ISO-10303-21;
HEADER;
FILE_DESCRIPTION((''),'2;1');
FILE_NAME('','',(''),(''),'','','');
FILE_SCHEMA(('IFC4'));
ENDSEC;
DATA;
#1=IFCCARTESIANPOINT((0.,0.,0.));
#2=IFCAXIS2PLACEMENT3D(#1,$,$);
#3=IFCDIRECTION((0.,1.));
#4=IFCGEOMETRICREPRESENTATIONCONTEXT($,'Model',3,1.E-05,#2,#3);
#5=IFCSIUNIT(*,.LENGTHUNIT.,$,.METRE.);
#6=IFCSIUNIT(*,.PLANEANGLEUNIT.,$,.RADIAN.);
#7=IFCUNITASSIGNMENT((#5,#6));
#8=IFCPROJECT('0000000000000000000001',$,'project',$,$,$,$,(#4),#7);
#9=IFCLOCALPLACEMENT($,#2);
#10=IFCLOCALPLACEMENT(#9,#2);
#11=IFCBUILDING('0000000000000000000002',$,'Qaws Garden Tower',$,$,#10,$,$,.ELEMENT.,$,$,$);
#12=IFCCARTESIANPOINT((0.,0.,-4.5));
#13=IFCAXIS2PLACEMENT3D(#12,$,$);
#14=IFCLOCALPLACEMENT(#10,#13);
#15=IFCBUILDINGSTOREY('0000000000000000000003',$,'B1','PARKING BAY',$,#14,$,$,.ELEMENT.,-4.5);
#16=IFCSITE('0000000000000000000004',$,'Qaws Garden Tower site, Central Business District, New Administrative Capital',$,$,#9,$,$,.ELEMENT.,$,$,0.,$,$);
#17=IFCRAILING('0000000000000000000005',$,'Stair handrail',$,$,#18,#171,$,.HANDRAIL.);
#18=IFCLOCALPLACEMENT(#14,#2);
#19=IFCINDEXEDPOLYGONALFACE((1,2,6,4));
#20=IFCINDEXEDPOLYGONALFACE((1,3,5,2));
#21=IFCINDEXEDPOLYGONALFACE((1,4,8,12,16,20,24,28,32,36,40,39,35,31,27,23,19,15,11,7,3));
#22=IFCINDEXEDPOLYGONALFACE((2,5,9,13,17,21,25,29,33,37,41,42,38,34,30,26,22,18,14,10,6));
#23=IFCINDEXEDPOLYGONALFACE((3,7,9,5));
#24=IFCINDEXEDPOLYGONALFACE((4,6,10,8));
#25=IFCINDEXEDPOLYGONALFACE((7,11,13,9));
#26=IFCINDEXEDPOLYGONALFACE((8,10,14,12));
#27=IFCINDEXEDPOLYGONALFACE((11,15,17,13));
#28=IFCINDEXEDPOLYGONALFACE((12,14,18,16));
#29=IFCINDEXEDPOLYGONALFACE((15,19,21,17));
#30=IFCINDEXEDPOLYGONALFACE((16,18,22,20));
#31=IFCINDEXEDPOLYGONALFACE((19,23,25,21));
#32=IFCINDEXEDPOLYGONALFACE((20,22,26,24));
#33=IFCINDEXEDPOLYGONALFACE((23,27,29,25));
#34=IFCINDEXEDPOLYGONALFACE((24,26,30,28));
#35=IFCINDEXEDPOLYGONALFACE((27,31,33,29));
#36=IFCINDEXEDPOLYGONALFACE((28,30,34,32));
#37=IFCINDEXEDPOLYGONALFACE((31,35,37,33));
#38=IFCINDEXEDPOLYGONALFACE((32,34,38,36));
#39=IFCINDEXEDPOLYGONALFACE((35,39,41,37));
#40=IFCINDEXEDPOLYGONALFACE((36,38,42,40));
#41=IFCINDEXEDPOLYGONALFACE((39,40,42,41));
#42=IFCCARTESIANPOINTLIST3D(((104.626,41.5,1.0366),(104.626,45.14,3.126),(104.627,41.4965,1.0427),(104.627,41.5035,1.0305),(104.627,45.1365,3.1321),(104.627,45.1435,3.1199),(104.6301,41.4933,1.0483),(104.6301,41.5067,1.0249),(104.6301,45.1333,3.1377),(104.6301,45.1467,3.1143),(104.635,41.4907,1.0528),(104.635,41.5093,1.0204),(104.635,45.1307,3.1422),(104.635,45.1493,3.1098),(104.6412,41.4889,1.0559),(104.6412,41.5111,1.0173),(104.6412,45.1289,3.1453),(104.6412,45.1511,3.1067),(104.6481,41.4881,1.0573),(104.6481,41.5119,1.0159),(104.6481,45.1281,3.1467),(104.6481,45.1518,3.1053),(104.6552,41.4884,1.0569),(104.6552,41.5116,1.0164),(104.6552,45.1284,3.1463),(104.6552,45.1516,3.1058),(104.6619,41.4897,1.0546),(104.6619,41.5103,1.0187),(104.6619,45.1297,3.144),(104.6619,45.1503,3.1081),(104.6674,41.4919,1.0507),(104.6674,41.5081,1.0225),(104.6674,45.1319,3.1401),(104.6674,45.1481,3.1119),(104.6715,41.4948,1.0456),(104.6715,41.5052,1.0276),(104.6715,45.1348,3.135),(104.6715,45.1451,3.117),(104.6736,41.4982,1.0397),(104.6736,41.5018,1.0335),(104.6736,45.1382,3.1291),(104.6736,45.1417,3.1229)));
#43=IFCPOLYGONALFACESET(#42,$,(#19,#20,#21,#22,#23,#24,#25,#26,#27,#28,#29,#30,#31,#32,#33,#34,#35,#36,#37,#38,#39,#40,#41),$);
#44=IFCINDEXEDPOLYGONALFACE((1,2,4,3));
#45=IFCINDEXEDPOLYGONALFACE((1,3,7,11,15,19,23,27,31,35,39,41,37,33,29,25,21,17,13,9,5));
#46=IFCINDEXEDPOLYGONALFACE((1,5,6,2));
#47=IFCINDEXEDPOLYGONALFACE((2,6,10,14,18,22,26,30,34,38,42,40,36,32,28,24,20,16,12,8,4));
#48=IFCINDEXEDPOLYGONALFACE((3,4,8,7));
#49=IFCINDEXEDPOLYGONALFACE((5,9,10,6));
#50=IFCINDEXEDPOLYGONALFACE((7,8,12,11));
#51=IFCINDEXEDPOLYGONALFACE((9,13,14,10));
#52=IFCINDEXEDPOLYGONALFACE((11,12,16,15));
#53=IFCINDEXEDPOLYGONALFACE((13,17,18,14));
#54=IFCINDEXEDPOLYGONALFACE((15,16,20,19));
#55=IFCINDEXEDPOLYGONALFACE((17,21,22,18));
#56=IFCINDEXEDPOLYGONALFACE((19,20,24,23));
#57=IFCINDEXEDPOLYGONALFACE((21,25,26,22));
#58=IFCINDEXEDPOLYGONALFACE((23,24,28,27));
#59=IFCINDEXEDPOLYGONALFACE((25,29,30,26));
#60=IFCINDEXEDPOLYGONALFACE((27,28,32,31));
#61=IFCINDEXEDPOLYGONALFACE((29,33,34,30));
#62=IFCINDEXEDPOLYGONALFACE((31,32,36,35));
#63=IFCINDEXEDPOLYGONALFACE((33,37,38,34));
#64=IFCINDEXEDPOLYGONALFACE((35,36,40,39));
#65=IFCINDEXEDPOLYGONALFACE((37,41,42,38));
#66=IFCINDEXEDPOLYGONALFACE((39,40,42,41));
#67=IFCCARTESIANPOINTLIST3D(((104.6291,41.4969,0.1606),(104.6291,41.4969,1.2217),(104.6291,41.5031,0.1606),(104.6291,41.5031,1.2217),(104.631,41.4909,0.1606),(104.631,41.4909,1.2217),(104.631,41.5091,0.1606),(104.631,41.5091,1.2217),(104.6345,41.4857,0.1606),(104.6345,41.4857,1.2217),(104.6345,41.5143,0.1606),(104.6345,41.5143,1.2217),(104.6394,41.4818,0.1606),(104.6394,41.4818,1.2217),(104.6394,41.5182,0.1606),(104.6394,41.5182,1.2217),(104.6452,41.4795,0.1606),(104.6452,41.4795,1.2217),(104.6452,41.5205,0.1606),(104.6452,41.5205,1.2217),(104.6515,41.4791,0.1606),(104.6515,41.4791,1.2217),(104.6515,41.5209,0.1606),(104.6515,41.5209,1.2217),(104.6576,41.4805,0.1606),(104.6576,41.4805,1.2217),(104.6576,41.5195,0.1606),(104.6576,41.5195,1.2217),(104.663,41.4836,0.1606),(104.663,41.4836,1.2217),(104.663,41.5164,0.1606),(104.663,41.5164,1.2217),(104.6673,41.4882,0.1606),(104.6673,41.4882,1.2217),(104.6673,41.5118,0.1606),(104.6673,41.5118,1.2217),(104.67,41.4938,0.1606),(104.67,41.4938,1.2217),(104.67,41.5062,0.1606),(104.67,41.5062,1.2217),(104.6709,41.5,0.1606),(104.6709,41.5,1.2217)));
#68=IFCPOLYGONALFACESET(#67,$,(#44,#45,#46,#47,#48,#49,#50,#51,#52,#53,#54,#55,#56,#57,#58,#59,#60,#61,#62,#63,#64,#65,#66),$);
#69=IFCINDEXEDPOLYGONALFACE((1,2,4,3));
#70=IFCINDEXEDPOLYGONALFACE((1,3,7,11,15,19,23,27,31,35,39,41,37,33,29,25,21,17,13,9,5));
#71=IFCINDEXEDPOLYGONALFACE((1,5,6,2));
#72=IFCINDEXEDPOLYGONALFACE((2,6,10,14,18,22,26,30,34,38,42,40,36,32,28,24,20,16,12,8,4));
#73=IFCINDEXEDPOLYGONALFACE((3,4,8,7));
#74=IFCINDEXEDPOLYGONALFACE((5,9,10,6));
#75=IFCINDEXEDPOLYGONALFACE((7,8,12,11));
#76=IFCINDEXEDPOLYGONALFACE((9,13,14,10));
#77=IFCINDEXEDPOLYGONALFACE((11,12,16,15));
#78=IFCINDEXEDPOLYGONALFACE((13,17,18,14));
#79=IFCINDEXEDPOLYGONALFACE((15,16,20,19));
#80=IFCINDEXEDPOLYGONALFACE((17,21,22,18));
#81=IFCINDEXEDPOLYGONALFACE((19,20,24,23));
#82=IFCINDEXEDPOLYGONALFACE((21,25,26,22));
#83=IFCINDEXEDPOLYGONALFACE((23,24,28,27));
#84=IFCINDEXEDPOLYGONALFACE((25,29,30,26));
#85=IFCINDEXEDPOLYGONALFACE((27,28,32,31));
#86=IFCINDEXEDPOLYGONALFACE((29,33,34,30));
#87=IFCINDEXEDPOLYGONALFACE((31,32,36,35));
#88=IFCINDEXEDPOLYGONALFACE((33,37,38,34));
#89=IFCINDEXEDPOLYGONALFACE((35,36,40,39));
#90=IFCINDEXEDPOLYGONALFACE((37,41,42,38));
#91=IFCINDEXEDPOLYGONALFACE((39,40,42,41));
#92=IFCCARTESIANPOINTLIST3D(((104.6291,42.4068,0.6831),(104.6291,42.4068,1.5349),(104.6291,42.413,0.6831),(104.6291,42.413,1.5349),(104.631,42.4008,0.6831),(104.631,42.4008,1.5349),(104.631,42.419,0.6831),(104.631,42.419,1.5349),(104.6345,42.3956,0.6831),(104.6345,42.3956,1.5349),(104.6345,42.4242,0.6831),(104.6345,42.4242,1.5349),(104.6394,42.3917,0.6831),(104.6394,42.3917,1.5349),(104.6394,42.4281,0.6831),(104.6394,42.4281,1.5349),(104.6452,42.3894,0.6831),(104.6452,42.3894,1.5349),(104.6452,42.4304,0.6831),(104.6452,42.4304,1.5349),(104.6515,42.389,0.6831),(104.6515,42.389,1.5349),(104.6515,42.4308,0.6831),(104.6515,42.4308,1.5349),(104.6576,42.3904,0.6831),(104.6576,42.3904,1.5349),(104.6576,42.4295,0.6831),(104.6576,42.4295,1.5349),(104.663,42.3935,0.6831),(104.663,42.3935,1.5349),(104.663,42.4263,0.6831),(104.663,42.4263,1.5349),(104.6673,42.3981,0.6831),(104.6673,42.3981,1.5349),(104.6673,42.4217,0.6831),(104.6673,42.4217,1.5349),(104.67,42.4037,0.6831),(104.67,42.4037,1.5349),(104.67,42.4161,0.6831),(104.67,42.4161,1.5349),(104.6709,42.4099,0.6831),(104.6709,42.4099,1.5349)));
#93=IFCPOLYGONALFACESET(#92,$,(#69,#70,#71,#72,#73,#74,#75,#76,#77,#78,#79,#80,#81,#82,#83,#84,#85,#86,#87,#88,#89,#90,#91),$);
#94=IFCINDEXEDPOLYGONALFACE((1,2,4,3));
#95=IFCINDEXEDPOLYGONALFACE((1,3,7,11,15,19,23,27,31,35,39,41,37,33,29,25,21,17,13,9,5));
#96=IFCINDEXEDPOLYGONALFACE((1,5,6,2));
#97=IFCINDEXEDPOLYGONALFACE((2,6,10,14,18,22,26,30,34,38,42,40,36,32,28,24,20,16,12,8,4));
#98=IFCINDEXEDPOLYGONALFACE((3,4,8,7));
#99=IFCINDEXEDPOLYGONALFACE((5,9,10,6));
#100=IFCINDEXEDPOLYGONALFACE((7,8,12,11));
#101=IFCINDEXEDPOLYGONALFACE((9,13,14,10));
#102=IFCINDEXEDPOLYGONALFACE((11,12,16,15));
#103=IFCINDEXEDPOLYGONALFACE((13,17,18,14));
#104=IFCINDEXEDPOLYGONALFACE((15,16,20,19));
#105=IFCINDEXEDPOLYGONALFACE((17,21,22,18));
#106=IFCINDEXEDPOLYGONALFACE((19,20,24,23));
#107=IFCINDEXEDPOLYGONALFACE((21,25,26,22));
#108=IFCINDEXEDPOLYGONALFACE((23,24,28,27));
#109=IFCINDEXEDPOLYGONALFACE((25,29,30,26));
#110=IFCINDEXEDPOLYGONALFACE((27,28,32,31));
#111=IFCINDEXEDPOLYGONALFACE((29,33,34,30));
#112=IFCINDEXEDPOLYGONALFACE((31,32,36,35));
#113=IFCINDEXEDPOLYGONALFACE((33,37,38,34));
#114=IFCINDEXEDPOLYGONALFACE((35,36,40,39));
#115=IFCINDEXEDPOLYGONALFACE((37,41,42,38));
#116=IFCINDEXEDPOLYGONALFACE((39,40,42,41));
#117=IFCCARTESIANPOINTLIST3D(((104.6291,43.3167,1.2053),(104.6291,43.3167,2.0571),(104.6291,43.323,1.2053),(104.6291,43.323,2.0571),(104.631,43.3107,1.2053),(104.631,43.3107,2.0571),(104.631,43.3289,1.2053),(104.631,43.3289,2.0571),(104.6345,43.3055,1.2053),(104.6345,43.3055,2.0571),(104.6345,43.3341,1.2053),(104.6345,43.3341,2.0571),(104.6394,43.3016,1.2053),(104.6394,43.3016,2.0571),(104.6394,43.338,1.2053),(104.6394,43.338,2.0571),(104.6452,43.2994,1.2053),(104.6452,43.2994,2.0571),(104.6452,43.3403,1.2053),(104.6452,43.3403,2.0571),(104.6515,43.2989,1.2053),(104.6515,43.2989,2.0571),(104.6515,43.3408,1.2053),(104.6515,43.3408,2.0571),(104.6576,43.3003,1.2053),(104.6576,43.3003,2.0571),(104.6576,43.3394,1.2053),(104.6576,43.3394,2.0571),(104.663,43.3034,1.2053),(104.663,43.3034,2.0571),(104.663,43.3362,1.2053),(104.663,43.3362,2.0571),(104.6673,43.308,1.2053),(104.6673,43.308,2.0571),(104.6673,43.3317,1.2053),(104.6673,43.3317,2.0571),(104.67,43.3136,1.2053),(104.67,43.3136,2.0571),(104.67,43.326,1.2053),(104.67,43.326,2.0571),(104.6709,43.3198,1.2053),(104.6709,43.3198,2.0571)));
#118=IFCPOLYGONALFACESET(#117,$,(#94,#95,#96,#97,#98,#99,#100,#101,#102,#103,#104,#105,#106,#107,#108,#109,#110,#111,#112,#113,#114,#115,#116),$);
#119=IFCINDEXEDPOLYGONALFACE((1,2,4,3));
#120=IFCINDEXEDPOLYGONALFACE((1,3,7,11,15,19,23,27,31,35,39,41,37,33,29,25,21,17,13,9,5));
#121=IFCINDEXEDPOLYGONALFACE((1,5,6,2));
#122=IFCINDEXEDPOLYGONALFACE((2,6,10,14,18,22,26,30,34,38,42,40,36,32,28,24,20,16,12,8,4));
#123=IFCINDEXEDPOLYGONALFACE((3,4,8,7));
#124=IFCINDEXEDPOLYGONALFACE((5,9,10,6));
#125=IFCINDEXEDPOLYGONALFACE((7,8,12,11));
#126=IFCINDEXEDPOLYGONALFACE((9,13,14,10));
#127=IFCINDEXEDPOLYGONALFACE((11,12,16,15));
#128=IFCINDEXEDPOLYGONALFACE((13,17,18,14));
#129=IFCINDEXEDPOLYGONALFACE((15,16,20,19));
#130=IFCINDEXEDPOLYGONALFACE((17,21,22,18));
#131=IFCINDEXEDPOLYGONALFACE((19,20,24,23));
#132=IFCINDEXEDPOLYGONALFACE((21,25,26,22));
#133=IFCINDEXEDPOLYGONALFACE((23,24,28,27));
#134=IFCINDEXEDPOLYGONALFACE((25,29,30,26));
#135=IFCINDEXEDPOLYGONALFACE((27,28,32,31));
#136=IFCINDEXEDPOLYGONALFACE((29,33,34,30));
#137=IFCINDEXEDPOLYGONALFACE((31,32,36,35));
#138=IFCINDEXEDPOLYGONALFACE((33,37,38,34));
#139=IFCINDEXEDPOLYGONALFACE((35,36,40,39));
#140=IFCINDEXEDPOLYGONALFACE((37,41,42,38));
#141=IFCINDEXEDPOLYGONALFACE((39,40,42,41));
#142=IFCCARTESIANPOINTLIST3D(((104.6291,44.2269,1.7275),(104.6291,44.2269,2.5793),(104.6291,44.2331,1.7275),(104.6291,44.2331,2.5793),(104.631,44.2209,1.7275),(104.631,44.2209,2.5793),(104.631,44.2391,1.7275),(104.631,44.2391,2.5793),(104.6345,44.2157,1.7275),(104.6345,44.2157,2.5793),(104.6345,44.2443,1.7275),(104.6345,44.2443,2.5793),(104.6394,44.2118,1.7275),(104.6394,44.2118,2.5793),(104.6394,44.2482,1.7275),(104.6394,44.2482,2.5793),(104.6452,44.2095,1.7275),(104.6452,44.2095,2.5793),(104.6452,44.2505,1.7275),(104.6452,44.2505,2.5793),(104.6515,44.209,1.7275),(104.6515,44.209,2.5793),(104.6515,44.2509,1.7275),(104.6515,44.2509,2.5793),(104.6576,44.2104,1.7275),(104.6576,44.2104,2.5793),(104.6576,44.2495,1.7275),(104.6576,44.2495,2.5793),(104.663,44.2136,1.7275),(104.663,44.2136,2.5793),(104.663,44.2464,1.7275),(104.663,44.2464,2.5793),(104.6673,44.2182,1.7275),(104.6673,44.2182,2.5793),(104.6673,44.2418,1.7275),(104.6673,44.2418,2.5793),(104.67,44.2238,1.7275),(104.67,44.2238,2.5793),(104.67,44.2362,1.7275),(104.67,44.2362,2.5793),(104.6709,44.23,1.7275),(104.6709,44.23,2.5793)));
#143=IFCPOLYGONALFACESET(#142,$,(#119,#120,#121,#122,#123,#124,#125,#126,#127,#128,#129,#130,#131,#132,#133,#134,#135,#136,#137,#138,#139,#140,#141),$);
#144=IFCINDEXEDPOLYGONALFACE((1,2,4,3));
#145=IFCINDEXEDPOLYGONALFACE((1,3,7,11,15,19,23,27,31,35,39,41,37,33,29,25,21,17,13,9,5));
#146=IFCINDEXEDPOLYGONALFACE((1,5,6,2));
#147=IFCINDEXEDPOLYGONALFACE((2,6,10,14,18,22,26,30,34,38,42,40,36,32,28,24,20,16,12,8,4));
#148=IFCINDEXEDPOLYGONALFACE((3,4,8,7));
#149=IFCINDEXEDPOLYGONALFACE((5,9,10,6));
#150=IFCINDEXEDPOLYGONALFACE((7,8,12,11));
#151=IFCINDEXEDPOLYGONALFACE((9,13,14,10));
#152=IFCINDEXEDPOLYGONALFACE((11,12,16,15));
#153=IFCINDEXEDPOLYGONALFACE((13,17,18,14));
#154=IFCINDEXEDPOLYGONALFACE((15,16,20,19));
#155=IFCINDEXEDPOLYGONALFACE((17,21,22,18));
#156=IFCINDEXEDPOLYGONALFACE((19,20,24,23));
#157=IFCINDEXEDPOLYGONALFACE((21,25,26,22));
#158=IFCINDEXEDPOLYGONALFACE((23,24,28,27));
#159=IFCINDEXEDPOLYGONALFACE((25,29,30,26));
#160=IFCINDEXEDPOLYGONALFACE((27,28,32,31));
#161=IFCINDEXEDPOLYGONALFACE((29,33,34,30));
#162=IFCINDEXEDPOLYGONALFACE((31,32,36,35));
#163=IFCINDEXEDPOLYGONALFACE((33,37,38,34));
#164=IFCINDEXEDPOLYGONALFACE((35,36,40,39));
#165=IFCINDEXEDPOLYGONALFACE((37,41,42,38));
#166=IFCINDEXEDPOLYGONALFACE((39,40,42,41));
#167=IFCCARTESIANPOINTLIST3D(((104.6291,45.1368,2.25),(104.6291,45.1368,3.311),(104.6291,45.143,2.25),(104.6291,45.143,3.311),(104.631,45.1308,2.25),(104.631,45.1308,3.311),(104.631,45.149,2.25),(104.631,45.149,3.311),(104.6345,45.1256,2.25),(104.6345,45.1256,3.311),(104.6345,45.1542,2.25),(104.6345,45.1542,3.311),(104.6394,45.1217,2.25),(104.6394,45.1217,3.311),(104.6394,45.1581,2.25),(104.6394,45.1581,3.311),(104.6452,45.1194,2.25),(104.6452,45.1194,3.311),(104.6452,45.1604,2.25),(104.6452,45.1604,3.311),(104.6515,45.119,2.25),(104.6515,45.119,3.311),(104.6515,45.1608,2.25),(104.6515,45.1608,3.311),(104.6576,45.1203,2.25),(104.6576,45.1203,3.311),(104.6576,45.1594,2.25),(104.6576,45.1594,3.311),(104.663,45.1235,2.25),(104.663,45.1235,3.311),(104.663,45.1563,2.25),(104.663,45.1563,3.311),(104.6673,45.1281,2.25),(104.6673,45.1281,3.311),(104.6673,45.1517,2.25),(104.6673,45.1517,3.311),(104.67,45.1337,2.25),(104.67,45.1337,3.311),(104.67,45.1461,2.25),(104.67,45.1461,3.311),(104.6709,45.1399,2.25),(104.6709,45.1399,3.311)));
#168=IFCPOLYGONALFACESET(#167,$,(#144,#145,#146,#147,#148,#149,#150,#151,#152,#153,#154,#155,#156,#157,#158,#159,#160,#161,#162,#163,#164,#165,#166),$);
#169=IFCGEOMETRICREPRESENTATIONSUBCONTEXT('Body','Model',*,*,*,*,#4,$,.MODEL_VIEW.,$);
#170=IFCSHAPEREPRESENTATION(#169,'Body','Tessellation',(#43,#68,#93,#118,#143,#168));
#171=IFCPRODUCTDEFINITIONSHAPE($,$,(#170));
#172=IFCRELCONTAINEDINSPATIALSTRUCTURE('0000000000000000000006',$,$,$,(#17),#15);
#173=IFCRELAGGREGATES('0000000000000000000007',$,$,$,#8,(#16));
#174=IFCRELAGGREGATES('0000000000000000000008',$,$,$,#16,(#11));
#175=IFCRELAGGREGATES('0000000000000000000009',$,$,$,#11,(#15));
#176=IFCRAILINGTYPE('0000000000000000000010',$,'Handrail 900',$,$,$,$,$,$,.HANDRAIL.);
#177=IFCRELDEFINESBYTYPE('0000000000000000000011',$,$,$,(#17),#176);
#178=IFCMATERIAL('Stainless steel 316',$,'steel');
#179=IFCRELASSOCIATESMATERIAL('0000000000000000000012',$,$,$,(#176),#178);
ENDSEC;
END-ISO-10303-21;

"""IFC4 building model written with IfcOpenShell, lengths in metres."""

from ifc_helpers import new_model, si_unit, direction, frame, origin, origin_2d, place, context, subcontext, project, spatial, circle, extrude, material, type_object, element, save


model = new_model("IFC4")

# Units and contexts
model_context = context("Model", 3, precision=1e-05, world=origin(), true_north=direction((0.0, 1.0)))
body_context = subcontext(model_context, "Body", "Model", "MODEL_VIEW")
ifc_project = project(units=[si_unit("LENGTHUNIT", "METRE"), si_unit("PLANEANGLEUNIT", "RADIAN")], contexts=[model_context])

# Site, building, storey
site_placement = place(None, origin())
site = spatial("IfcSite", under=ifc_project, at=site_placement, Name="Qaws Garden Tower site, Central Business District, New Administrative Capital", CompositionType="ELEMENT", RefElevation=0.0)
building_placement = place(site_placement, origin())
building = spatial("IfcBuilding", under=site, at=building_placement, Name="Qaws Garden Tower", CompositionType="ELEMENT")
storey_placement = place(building_placement, frame((0.0, 0.0, -4.5)))
storey = spatial("IfcBuildingStorey", under=building, at=storey_placement, Name="B1", Description="PARKING BAY", CompositionType="ELEMENT", Elevation=-4.5)

# Railing
ifc_material_1 = material(Name="Stainless steel 316", Category="steel")
railing_type_1 = type_object("IfcRailingType", Name="Handrail 900", PredefinedType="HANDRAIL", material=ifc_material_1)
for number, where, name in (
    (1, (104.6499, 41.5, 0.1606), "Stair handrail"),
):
    element("IfcRailing", number, at=place(storey_placement, frame(where)), inside=storey, type_object=railing_type_1, Name=name, PredefinedType="HANDRAIL", context=body_context, shape_type="SweptSolid", body=[
        extrude(circle(Radius=0.0239, at=origin_2d()), frame((0.0, 0.0, 0.876), z_axis=(0.0, 0.867275, 0.497829), x_axis=(-1.0, 0.0, 0.0)), (0.0, 0.0, 1.0), 4.197),
        extrude(circle(Radius=0.021, at=origin_2d()), origin(), (0.0, 0.0, 1.0), 1.061),
        extrude(circle(Radius=0.021, at=origin_2d()), frame((0.0, 0.9099, 0.5225)), (0.0, 0.0, 1.0), 0.8518),
        extrude(circle(Radius=0.021, at=origin_2d()), frame((0.0, 1.8198, 1.0447)), (0.0, 0.0, 1.0), 0.8518),
        extrude(circle(Radius=0.021, at=origin_2d()), frame((0.0, 2.73, 1.5669)), (0.0, 0.0, 1.0), 0.8518),
        extrude(circle(Radius=0.021, at=origin_2d()), frame((0.0, 3.6399, 2.0894)), (0.0, 0.0, 1.0), 1.061),
    ])

save(model, "model.ifc")
